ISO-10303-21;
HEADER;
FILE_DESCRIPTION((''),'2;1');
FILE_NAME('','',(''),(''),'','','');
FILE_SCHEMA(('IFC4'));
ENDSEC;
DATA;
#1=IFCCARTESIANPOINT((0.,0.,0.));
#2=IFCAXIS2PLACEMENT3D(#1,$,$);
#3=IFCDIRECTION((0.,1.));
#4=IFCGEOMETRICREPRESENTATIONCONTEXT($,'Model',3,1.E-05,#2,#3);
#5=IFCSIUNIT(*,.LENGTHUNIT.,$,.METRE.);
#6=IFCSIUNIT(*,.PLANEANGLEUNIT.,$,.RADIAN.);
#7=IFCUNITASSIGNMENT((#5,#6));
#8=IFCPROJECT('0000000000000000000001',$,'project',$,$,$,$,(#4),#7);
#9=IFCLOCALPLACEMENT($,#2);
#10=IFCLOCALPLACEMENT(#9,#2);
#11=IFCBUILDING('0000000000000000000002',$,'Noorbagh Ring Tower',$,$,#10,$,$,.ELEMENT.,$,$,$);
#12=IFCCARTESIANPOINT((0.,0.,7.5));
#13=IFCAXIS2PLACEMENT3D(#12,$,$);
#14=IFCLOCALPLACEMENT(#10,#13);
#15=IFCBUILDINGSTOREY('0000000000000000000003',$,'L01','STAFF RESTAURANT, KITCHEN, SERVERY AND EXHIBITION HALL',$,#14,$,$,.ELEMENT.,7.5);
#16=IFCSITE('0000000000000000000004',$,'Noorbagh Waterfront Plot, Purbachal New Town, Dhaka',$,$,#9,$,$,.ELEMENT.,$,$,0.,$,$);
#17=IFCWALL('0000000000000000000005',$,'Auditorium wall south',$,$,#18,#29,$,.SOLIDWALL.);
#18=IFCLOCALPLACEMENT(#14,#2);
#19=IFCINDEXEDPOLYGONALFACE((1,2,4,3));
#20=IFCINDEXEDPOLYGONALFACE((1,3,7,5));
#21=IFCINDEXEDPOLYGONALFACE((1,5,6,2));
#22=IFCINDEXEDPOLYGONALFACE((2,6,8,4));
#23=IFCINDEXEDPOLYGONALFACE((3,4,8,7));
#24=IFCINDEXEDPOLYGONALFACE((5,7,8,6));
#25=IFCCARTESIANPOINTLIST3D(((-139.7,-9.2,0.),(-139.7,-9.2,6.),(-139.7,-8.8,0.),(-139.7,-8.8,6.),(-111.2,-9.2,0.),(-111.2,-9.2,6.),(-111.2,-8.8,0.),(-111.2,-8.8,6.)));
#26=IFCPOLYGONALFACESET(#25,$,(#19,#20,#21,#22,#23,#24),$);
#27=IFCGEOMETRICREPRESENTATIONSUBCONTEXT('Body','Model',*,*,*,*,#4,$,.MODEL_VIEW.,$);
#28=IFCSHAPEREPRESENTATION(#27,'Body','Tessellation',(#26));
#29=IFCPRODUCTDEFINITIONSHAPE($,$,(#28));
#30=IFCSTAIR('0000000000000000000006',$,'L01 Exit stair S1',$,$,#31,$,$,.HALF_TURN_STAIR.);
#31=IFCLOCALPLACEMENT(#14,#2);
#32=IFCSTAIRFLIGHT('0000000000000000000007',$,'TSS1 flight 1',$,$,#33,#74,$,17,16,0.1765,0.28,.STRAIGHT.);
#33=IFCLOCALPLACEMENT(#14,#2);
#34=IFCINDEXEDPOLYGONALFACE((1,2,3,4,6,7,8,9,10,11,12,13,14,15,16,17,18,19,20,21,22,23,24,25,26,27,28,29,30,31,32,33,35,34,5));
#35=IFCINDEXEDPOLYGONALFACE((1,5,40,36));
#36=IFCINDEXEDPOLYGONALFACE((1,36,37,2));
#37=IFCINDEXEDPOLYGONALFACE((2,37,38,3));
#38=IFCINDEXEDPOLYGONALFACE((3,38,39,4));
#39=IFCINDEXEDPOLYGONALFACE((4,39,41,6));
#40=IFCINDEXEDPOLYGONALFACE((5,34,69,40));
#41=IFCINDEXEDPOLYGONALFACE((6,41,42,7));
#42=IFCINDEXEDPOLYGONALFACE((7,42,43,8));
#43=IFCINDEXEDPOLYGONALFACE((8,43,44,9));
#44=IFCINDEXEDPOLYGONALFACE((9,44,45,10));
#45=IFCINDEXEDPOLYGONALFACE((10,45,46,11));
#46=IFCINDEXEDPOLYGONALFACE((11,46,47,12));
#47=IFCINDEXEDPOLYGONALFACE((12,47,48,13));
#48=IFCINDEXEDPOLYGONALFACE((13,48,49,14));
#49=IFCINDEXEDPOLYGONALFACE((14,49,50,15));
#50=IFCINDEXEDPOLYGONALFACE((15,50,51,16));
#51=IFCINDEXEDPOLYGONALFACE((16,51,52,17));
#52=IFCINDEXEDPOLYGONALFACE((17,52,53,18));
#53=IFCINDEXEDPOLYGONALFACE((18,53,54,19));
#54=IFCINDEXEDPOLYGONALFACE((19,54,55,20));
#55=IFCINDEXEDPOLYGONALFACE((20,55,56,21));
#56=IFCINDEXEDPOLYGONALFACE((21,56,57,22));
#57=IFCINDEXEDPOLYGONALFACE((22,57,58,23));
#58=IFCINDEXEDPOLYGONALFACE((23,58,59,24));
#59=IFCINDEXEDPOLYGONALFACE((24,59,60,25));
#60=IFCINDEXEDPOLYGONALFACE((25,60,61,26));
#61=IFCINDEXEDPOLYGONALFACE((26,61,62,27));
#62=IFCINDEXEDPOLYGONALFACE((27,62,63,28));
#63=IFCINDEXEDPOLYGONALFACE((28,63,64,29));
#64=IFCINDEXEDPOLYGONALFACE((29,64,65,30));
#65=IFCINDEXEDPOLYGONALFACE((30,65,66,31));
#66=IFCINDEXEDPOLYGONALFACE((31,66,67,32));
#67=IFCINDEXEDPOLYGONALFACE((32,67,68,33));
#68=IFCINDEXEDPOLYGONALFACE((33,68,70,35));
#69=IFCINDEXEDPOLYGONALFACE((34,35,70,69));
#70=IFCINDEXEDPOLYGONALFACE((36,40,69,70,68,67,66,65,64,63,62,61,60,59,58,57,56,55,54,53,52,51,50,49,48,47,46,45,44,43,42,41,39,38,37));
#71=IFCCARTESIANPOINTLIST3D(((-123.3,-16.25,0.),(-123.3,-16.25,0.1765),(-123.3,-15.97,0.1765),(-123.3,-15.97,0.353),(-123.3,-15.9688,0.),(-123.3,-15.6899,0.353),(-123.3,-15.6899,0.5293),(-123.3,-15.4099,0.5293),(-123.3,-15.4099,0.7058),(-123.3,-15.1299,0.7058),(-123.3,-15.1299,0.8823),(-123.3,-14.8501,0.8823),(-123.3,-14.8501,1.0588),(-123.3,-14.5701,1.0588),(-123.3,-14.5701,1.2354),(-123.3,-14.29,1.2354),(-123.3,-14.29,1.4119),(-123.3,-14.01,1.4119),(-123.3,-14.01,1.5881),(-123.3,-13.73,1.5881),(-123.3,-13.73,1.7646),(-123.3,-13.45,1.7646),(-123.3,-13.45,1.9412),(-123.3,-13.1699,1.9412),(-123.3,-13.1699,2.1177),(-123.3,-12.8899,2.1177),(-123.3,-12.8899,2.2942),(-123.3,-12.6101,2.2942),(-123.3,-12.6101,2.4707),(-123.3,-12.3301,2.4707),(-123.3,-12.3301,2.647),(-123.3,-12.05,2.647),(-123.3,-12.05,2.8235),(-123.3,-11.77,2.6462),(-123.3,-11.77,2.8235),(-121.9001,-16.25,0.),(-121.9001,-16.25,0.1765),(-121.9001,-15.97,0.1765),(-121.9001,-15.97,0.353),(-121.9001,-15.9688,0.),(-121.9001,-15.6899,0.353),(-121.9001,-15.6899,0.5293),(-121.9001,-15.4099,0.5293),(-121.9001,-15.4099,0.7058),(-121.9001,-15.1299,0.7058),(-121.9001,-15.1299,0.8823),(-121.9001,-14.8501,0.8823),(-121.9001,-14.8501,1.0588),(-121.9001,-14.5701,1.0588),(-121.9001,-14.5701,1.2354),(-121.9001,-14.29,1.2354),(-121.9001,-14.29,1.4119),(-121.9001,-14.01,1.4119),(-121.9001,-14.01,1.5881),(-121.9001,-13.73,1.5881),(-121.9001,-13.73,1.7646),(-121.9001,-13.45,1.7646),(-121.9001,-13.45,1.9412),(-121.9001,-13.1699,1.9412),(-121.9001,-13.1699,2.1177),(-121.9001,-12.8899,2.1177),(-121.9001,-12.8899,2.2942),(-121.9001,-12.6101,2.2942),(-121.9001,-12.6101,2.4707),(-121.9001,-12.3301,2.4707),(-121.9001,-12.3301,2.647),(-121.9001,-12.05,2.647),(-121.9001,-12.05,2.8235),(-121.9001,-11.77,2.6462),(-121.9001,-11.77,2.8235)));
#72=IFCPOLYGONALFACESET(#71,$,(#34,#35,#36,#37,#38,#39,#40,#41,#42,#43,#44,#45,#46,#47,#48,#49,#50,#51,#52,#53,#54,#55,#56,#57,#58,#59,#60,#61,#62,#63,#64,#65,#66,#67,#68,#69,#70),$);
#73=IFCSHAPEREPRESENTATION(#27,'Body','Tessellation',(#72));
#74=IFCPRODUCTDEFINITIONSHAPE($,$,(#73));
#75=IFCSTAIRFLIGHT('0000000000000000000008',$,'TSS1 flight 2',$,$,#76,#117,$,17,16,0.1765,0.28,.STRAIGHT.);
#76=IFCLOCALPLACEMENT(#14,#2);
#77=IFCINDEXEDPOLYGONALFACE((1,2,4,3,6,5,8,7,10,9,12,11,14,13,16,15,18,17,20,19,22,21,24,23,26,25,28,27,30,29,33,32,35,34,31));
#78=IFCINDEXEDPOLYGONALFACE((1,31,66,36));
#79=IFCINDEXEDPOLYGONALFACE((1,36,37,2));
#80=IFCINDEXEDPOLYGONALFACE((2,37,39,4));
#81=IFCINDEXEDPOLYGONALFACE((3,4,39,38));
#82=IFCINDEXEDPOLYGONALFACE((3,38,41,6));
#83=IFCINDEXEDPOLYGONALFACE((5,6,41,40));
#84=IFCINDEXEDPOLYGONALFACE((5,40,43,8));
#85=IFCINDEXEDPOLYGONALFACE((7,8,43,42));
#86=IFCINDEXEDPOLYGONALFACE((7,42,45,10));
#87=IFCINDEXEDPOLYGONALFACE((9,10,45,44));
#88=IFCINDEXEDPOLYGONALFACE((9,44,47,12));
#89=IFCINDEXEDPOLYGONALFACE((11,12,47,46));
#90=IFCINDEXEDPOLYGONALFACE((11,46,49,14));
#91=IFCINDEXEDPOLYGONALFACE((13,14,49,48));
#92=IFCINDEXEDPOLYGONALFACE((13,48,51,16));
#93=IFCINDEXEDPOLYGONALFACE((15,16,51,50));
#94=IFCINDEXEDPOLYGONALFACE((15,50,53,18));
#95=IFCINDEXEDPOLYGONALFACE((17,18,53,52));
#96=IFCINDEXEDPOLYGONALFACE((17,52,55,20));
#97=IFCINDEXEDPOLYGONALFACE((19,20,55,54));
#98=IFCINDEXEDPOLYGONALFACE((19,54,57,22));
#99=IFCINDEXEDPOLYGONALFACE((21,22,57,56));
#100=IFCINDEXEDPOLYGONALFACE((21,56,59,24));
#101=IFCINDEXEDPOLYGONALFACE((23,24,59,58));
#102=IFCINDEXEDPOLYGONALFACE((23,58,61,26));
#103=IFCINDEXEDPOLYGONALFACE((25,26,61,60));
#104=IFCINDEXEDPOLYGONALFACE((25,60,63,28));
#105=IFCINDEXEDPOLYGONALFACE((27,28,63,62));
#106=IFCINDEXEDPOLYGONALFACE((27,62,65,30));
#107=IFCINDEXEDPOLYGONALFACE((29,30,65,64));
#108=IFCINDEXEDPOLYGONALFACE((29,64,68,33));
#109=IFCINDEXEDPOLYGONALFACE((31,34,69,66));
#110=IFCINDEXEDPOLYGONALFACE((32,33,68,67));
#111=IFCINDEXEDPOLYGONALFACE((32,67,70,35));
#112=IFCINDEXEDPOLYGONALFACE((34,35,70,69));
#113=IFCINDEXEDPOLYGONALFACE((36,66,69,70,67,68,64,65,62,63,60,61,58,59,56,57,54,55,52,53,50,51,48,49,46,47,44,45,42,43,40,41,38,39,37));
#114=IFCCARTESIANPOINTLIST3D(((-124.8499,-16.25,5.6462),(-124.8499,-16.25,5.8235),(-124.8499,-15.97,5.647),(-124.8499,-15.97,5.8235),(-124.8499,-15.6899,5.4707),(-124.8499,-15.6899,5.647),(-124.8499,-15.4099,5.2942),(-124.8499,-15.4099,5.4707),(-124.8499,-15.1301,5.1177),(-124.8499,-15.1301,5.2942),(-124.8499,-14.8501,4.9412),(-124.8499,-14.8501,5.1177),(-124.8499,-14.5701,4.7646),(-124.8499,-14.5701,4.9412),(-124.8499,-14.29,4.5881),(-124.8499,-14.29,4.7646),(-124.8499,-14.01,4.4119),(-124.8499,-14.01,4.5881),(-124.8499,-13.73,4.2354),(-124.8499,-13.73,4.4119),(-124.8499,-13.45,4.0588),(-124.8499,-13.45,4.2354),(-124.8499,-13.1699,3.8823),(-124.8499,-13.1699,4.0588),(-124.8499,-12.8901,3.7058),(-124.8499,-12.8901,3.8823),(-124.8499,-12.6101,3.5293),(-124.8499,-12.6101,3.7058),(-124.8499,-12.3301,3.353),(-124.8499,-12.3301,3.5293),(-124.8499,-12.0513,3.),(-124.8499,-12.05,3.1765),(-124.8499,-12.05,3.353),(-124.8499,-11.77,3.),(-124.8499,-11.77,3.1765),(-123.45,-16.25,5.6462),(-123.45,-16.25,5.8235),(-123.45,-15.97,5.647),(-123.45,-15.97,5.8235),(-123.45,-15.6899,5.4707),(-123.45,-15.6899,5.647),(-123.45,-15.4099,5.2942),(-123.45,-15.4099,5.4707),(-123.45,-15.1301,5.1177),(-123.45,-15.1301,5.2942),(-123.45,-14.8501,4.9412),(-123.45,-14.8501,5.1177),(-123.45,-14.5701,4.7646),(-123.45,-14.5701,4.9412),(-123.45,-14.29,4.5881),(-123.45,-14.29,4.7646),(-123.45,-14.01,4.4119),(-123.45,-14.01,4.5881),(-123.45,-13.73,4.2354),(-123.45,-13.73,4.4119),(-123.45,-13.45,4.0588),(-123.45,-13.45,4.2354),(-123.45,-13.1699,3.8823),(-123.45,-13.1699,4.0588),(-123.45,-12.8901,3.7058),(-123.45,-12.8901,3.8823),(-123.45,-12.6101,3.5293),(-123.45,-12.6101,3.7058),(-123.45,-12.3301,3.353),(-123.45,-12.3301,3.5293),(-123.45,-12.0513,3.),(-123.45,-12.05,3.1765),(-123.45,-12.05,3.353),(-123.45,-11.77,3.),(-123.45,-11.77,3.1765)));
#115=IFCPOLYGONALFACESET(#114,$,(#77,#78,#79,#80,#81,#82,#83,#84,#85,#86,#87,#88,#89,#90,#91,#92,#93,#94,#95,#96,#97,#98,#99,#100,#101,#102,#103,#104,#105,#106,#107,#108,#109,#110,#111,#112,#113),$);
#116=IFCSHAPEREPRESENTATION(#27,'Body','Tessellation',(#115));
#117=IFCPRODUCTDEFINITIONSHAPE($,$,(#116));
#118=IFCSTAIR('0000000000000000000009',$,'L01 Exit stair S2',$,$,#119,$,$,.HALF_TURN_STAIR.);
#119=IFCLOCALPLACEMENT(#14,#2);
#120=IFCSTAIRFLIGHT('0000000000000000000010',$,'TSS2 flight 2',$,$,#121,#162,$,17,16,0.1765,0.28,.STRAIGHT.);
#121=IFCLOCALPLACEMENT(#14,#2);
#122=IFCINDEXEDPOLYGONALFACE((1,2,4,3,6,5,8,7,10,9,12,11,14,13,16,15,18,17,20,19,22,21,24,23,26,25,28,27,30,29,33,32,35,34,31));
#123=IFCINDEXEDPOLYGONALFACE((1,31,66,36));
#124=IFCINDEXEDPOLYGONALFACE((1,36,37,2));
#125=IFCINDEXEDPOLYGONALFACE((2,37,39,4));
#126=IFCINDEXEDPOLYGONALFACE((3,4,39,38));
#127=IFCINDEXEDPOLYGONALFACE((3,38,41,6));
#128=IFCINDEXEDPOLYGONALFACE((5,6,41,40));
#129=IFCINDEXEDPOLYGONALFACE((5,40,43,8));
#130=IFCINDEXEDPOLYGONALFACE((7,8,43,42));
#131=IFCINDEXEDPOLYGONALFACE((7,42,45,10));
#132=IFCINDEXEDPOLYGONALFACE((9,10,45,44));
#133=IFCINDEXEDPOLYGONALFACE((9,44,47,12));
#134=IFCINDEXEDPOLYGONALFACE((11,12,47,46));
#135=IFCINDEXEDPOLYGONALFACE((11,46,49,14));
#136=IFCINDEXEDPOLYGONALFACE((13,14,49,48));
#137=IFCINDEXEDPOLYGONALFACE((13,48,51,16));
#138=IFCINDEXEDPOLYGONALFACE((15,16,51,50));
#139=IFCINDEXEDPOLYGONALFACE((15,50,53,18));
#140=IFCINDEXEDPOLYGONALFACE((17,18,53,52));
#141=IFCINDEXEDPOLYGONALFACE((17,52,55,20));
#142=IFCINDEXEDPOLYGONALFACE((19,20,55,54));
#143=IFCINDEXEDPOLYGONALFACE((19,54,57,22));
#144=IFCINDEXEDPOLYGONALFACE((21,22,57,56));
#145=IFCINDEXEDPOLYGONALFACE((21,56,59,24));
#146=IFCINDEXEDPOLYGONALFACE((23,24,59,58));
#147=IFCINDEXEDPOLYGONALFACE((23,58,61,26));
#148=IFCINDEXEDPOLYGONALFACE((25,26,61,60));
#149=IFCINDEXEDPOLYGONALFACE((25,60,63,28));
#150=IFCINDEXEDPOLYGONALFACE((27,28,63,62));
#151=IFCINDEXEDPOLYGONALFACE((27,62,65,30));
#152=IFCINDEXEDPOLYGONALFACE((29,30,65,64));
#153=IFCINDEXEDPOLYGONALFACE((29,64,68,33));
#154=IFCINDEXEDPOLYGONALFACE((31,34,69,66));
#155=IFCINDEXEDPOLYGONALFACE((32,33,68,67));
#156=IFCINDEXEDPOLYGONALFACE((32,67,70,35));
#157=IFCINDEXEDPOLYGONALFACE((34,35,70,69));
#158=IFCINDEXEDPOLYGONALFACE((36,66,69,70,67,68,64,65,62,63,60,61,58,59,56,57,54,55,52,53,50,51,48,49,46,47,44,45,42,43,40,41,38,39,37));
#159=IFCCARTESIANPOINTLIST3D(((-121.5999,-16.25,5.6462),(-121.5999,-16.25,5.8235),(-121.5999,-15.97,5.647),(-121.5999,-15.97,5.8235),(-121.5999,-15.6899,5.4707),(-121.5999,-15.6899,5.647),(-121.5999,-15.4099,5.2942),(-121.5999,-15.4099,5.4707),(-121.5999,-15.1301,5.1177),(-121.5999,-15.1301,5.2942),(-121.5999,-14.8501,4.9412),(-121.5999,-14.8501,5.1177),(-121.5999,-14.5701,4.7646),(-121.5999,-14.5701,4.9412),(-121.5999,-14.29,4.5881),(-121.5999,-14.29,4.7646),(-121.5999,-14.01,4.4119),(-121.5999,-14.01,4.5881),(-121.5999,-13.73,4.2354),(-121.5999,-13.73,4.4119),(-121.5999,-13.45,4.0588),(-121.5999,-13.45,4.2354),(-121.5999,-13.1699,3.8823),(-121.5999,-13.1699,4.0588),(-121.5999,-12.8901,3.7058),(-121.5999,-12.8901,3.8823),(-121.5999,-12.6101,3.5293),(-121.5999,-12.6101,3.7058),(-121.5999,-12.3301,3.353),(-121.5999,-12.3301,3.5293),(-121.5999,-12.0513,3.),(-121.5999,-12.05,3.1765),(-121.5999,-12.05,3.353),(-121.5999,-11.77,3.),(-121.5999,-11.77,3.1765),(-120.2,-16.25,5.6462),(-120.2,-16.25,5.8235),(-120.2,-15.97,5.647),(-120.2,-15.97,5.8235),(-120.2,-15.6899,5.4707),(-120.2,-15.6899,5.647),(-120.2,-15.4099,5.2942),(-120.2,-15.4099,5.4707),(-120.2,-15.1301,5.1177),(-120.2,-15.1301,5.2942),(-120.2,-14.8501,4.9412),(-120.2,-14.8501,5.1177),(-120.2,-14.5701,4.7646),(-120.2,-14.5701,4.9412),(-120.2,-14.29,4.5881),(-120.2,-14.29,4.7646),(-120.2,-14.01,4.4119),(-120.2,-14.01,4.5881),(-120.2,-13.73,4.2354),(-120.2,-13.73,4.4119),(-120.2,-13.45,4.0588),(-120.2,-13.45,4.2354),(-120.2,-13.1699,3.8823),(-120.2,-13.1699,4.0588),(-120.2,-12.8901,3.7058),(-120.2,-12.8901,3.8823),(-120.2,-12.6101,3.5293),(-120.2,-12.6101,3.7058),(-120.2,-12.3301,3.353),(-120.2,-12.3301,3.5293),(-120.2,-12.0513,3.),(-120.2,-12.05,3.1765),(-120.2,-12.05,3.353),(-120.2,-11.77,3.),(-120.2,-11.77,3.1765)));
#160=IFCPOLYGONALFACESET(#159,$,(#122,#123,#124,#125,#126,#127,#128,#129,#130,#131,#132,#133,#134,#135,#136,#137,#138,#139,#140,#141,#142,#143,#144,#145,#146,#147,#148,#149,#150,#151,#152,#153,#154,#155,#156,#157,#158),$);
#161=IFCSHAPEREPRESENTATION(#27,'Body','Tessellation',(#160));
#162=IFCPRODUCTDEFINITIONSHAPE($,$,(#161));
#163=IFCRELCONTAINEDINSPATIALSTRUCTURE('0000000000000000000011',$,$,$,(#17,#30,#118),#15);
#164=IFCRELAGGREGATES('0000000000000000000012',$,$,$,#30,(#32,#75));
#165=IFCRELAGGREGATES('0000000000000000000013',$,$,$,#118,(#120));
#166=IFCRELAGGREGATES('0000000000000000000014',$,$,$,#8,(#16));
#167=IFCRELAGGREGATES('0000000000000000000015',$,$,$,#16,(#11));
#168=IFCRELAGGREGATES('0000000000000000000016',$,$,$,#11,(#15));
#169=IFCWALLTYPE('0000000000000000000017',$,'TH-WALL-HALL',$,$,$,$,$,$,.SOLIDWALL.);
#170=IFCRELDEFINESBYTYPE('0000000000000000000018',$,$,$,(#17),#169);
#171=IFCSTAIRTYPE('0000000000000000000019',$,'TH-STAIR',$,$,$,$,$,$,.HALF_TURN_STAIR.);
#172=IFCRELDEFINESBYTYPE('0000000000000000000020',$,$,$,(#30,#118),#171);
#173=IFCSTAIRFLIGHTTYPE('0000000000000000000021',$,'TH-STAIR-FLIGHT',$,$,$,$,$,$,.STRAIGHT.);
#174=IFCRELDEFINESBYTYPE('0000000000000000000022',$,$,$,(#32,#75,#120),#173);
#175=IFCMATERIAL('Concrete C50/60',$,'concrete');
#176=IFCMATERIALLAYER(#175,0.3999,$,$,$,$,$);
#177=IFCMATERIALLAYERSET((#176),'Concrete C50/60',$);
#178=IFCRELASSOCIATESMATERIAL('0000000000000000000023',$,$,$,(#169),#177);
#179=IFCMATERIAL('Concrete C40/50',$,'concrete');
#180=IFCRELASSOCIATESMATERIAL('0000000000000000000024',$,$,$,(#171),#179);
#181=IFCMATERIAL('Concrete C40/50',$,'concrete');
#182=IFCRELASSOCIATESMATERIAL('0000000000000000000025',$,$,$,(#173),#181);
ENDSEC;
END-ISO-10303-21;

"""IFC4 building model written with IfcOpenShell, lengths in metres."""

from ifc_helpers import new_model, si_unit, direction, frame, frame_2d, origin, place, context, subcontext, project, spatial, polyline, rectangle, outline, extrude, material, layer, layer_set, type_object, element, aggregate, save


model = new_model("IFC4")

# Units and contexts
model_context = context("Model", 3, precision=1e-05, world=origin(), true_north=direction((0.0, 1.0)))
body_context = subcontext(model_context, "Body", "Model", "MODEL_VIEW")
ifc_project = project(units=[si_unit("LENGTHUNIT", "METRE"), si_unit("PLANEANGLEUNIT", "RADIAN")], contexts=[model_context])

# Site, building, storey
site_placement = place(None, origin())
site = spatial("IfcSite", under=ifc_project, at=site_placement, Name="Noorbagh Waterfront Plot, Purbachal New Town, Dhaka", CompositionType="ELEMENT", RefElevation=0.0)
building_placement = place(site_placement, origin())
building = spatial("IfcBuilding", under=site, at=building_placement, Name="Noorbagh Ring Tower", CompositionType="ELEMENT")
storey_placement = place(building_placement, frame((0.0, 0.0, 7.5)))
storey = spatial("IfcBuildingStorey", under=building, at=storey_placement, Name="L01", Description="STAFF RESTAURANT, KITCHEN, SERVERY AND EXHIBITION HALL", CompositionType="ELEMENT", Elevation=7.5)

# Wall
ifc_material_1 = material(Name="Concrete C50/60", Category="concrete")
ifc_layer_1 = layer(ifc_material_1, 0.3999)
ifc_layer_set_1 = layer_set([ifc_layer_1], Name="Concrete C50/60")
wall_type_1 = type_object("IfcWallType", Name="TH-WALL-HALL", PredefinedType="SOLIDWALL", material=ifc_layer_set_1)
wall_1_placement = place(storey_placement, frame((-139.7, -9.0, 0.0), z_axis=(0.0, 0.0, 1.0), x_axis=(1.0, 0.0, 0.0)))
element("IfcWall", 1, at=wall_1_placement, inside=storey, type_object=wall_type_1, Name="Auditorium wall south", PredefinedType="SOLIDWALL", context=body_context, shape_type="SweptSolid", body=[
    extrude(rectangle(XDim=28.5, YDim=0.3999, at=frame_2d((14.25, 0.0))), origin(), (0.0, 0.0, 1.0), 6.0),
])

# Stair, stair flights
ifc_material_2 = material(Name="Concrete C40/50", Category="concrete")
stair_type = type_object("IfcStairType", Name="TH-STAIR", PredefinedType="HALF_TURN_STAIR", material=ifc_material_2)
stair_1_placement = place(storey_placement, origin())
stair_1 = element("IfcStair", 2, at=stair_1_placement, inside=storey, type_object=stair_type, Name="L01 Exit stair S1", PredefinedType="HALF_TURN_STAIR")
ifc_material_3 = material(Name="Concrete C40/50", Category="concrete")
stair_flight_type = type_object("IfcStairFlightType", Name="TH-STAIR-FLIGHT", PredefinedType="STRAIGHT", material=ifc_material_3)
stair_flight_1_placement = place(storey_placement, frame((-122.6001, -16.25, 0.0), z_axis=(0.0, 0.0, 1.0), x_axis=(0.0, 1.0, 0.0)))
stair_flight_1 = element("IfcStairFlight", 3, at=stair_flight_1_placement, type_object=stair_flight_type, Name="TSS1 flight 1", NumberOfRisers=17, NumberOfTreads=16, PredefinedType="STRAIGHT", RiserHeight=0.1765, TreadLength=0.28, context=body_context, shape_type="SweptSolid", body=[
    extrude(outline(polyline([(0.0, 0.0), (0.0, 0.1765), (0.28, 0.1765), (0.28, 0.353), (0.5601, 0.353), (0.5601, 0.5293), (0.8401, 0.5293), (0.8401, 0.7058), (1.1201, 0.7058), (1.1201, 0.8823), (1.3999, 0.8823), (1.3999, 1.0588), (1.6799, 1.0588), (1.6799, 1.2354), (1.96, 1.2354), (1.96, 1.4119), (2.24, 1.4119), (2.24, 1.5881), (2.52, 1.5881), (2.52, 1.7646), (2.8, 1.7646), (2.8, 1.9412), (3.0801, 1.9412), (3.0801, 2.1177), (3.3601, 2.1177), (3.3601, 2.2942), (3.6399, 2.2942), (3.6399, 2.4707), (3.9199, 2.4707), (3.9199, 2.647), (4.2, 2.647), (4.2, 2.8235), (4.48, 2.8235), (4.48, 3.0), (4.48, 2.6462), (0.2812, 0.0), (0.0, 0.0)])), frame((0.0, 0.7, 0.0), z_axis=(0.0, -1.0, 0.0), x_axis=(1.0, 0.0, 0.0)), (0.0, 0.0, 1.0), 1.3999),
])
stair_flight_2_placement = place(storey_placement, frame((-124.1499, -11.77, 3.0), z_axis=(0.0, 0.0, 1.0), x_axis=(0.0, -1.0, 0.0)))
stair_flight_2 = element("IfcStairFlight", 4, at=stair_flight_2_placement, type_object=stair_flight_type, Name="TSS1 flight 2", NumberOfRisers=17, NumberOfTreads=16, PredefinedType="STRAIGHT", RiserHeight=0.1765, TreadLength=0.28, context=body_context, shape_type="SweptSolid", body=[
    extrude(outline(polyline([(0.0, 0.0), (0.0, 0.1765), (0.28, 0.1765), (0.28, 0.353), (0.5601, 0.353), (0.5601, 0.5293), (0.8401, 0.5293), (0.8401, 0.7058), (1.1201, 0.7058), (1.1201, 0.8823), (1.3999, 0.8823), (1.3999, 1.0588), (1.6799, 1.0588), (1.6799, 1.2354), (1.96, 1.2354), (1.96, 1.4119), (2.24, 1.4119), (2.24, 1.5881), (2.52, 1.5881), (2.52, 1.7646), (2.8, 1.7646), (2.8, 1.9412), (3.0801, 1.9412), (3.0801, 2.1177), (3.3601, 2.1177), (3.3601, 2.2942), (3.6399, 2.2942), (3.6399, 2.4707), (3.9199, 2.4707), (3.9199, 2.647), (4.2, 2.647), (4.2, 2.8235), (4.48, 2.8235), (4.48, 3.0), (4.48, 2.6462), (0.2812, 0.0), (0.0, 0.0)])), frame((0.0, 0.7, 0.0), z_axis=(0.0, -1.0, 0.0), x_axis=(1.0, 0.0, 0.0)), (0.0, 0.0, 1.0), 1.3999),
])
aggregate(stair_1, [stair_flight_1, stair_flight_2])

# Stair, stair flight
stair_2_placement = place(storey_placement, origin())
stair_2 = element("IfcStair", 5, at=stair_2_placement, inside=storey, type_object=stair_type, Name="L01 Exit stair S2", PredefinedType="HALF_TURN_STAIR")
stair_flight_3_placement = place(storey_placement, frame((-120.8999, -11.77, 3.0), z_axis=(0.0, 0.0, 1.0), x_axis=(0.0, -1.0, 0.0)))
stair_flight_3 = element("IfcStairFlight", 6, at=stair_flight_3_placement, type_object=stair_flight_type, Name="TSS2 flight 2", NumberOfRisers=17, NumberOfTreads=16, PredefinedType="STRAIGHT", RiserHeight=0.1765, TreadLength=0.28, context=body_context, shape_type="SweptSolid", body=[
    extrude(outline(polyline([(0.0, 0.0), (0.0, 0.1765), (0.28, 0.1765), (0.28, 0.353), (0.5601, 0.353), (0.5601, 0.5293), (0.8401, 0.5293), (0.8401, 0.7058), (1.1201, 0.7058), (1.1201, 0.8823), (1.3999, 0.8823), (1.3999, 1.0588), (1.6799, 1.0588), (1.6799, 1.2354), (1.96, 1.2354), (1.96, 1.4119), (2.24, 1.4119), (2.24, 1.5881), (2.52, 1.5881), (2.52, 1.7646), (2.8, 1.7646), (2.8, 1.9412), (3.0801, 1.9412), (3.0801, 2.1177), (3.3601, 2.1177), (3.3601, 2.2942), (3.6399, 2.2942), (3.6399, 2.4707), (3.9199, 2.4707), (3.9199, 2.647), (4.2, 2.647), (4.2, 2.8235), (4.48, 2.8235), (4.48, 3.0), (4.48, 2.6462), (0.2812, 0.0), (0.0, 0.0)])), frame((0.0, 0.7, 0.0), z_axis=(0.0, -1.0, 0.0), x_axis=(1.0, 0.0, 0.0)), (0.0, 0.0, 1.0), 1.3999),
])
aggregate(stair_2, [stair_flight_3])

save(model, "model.ifc")
